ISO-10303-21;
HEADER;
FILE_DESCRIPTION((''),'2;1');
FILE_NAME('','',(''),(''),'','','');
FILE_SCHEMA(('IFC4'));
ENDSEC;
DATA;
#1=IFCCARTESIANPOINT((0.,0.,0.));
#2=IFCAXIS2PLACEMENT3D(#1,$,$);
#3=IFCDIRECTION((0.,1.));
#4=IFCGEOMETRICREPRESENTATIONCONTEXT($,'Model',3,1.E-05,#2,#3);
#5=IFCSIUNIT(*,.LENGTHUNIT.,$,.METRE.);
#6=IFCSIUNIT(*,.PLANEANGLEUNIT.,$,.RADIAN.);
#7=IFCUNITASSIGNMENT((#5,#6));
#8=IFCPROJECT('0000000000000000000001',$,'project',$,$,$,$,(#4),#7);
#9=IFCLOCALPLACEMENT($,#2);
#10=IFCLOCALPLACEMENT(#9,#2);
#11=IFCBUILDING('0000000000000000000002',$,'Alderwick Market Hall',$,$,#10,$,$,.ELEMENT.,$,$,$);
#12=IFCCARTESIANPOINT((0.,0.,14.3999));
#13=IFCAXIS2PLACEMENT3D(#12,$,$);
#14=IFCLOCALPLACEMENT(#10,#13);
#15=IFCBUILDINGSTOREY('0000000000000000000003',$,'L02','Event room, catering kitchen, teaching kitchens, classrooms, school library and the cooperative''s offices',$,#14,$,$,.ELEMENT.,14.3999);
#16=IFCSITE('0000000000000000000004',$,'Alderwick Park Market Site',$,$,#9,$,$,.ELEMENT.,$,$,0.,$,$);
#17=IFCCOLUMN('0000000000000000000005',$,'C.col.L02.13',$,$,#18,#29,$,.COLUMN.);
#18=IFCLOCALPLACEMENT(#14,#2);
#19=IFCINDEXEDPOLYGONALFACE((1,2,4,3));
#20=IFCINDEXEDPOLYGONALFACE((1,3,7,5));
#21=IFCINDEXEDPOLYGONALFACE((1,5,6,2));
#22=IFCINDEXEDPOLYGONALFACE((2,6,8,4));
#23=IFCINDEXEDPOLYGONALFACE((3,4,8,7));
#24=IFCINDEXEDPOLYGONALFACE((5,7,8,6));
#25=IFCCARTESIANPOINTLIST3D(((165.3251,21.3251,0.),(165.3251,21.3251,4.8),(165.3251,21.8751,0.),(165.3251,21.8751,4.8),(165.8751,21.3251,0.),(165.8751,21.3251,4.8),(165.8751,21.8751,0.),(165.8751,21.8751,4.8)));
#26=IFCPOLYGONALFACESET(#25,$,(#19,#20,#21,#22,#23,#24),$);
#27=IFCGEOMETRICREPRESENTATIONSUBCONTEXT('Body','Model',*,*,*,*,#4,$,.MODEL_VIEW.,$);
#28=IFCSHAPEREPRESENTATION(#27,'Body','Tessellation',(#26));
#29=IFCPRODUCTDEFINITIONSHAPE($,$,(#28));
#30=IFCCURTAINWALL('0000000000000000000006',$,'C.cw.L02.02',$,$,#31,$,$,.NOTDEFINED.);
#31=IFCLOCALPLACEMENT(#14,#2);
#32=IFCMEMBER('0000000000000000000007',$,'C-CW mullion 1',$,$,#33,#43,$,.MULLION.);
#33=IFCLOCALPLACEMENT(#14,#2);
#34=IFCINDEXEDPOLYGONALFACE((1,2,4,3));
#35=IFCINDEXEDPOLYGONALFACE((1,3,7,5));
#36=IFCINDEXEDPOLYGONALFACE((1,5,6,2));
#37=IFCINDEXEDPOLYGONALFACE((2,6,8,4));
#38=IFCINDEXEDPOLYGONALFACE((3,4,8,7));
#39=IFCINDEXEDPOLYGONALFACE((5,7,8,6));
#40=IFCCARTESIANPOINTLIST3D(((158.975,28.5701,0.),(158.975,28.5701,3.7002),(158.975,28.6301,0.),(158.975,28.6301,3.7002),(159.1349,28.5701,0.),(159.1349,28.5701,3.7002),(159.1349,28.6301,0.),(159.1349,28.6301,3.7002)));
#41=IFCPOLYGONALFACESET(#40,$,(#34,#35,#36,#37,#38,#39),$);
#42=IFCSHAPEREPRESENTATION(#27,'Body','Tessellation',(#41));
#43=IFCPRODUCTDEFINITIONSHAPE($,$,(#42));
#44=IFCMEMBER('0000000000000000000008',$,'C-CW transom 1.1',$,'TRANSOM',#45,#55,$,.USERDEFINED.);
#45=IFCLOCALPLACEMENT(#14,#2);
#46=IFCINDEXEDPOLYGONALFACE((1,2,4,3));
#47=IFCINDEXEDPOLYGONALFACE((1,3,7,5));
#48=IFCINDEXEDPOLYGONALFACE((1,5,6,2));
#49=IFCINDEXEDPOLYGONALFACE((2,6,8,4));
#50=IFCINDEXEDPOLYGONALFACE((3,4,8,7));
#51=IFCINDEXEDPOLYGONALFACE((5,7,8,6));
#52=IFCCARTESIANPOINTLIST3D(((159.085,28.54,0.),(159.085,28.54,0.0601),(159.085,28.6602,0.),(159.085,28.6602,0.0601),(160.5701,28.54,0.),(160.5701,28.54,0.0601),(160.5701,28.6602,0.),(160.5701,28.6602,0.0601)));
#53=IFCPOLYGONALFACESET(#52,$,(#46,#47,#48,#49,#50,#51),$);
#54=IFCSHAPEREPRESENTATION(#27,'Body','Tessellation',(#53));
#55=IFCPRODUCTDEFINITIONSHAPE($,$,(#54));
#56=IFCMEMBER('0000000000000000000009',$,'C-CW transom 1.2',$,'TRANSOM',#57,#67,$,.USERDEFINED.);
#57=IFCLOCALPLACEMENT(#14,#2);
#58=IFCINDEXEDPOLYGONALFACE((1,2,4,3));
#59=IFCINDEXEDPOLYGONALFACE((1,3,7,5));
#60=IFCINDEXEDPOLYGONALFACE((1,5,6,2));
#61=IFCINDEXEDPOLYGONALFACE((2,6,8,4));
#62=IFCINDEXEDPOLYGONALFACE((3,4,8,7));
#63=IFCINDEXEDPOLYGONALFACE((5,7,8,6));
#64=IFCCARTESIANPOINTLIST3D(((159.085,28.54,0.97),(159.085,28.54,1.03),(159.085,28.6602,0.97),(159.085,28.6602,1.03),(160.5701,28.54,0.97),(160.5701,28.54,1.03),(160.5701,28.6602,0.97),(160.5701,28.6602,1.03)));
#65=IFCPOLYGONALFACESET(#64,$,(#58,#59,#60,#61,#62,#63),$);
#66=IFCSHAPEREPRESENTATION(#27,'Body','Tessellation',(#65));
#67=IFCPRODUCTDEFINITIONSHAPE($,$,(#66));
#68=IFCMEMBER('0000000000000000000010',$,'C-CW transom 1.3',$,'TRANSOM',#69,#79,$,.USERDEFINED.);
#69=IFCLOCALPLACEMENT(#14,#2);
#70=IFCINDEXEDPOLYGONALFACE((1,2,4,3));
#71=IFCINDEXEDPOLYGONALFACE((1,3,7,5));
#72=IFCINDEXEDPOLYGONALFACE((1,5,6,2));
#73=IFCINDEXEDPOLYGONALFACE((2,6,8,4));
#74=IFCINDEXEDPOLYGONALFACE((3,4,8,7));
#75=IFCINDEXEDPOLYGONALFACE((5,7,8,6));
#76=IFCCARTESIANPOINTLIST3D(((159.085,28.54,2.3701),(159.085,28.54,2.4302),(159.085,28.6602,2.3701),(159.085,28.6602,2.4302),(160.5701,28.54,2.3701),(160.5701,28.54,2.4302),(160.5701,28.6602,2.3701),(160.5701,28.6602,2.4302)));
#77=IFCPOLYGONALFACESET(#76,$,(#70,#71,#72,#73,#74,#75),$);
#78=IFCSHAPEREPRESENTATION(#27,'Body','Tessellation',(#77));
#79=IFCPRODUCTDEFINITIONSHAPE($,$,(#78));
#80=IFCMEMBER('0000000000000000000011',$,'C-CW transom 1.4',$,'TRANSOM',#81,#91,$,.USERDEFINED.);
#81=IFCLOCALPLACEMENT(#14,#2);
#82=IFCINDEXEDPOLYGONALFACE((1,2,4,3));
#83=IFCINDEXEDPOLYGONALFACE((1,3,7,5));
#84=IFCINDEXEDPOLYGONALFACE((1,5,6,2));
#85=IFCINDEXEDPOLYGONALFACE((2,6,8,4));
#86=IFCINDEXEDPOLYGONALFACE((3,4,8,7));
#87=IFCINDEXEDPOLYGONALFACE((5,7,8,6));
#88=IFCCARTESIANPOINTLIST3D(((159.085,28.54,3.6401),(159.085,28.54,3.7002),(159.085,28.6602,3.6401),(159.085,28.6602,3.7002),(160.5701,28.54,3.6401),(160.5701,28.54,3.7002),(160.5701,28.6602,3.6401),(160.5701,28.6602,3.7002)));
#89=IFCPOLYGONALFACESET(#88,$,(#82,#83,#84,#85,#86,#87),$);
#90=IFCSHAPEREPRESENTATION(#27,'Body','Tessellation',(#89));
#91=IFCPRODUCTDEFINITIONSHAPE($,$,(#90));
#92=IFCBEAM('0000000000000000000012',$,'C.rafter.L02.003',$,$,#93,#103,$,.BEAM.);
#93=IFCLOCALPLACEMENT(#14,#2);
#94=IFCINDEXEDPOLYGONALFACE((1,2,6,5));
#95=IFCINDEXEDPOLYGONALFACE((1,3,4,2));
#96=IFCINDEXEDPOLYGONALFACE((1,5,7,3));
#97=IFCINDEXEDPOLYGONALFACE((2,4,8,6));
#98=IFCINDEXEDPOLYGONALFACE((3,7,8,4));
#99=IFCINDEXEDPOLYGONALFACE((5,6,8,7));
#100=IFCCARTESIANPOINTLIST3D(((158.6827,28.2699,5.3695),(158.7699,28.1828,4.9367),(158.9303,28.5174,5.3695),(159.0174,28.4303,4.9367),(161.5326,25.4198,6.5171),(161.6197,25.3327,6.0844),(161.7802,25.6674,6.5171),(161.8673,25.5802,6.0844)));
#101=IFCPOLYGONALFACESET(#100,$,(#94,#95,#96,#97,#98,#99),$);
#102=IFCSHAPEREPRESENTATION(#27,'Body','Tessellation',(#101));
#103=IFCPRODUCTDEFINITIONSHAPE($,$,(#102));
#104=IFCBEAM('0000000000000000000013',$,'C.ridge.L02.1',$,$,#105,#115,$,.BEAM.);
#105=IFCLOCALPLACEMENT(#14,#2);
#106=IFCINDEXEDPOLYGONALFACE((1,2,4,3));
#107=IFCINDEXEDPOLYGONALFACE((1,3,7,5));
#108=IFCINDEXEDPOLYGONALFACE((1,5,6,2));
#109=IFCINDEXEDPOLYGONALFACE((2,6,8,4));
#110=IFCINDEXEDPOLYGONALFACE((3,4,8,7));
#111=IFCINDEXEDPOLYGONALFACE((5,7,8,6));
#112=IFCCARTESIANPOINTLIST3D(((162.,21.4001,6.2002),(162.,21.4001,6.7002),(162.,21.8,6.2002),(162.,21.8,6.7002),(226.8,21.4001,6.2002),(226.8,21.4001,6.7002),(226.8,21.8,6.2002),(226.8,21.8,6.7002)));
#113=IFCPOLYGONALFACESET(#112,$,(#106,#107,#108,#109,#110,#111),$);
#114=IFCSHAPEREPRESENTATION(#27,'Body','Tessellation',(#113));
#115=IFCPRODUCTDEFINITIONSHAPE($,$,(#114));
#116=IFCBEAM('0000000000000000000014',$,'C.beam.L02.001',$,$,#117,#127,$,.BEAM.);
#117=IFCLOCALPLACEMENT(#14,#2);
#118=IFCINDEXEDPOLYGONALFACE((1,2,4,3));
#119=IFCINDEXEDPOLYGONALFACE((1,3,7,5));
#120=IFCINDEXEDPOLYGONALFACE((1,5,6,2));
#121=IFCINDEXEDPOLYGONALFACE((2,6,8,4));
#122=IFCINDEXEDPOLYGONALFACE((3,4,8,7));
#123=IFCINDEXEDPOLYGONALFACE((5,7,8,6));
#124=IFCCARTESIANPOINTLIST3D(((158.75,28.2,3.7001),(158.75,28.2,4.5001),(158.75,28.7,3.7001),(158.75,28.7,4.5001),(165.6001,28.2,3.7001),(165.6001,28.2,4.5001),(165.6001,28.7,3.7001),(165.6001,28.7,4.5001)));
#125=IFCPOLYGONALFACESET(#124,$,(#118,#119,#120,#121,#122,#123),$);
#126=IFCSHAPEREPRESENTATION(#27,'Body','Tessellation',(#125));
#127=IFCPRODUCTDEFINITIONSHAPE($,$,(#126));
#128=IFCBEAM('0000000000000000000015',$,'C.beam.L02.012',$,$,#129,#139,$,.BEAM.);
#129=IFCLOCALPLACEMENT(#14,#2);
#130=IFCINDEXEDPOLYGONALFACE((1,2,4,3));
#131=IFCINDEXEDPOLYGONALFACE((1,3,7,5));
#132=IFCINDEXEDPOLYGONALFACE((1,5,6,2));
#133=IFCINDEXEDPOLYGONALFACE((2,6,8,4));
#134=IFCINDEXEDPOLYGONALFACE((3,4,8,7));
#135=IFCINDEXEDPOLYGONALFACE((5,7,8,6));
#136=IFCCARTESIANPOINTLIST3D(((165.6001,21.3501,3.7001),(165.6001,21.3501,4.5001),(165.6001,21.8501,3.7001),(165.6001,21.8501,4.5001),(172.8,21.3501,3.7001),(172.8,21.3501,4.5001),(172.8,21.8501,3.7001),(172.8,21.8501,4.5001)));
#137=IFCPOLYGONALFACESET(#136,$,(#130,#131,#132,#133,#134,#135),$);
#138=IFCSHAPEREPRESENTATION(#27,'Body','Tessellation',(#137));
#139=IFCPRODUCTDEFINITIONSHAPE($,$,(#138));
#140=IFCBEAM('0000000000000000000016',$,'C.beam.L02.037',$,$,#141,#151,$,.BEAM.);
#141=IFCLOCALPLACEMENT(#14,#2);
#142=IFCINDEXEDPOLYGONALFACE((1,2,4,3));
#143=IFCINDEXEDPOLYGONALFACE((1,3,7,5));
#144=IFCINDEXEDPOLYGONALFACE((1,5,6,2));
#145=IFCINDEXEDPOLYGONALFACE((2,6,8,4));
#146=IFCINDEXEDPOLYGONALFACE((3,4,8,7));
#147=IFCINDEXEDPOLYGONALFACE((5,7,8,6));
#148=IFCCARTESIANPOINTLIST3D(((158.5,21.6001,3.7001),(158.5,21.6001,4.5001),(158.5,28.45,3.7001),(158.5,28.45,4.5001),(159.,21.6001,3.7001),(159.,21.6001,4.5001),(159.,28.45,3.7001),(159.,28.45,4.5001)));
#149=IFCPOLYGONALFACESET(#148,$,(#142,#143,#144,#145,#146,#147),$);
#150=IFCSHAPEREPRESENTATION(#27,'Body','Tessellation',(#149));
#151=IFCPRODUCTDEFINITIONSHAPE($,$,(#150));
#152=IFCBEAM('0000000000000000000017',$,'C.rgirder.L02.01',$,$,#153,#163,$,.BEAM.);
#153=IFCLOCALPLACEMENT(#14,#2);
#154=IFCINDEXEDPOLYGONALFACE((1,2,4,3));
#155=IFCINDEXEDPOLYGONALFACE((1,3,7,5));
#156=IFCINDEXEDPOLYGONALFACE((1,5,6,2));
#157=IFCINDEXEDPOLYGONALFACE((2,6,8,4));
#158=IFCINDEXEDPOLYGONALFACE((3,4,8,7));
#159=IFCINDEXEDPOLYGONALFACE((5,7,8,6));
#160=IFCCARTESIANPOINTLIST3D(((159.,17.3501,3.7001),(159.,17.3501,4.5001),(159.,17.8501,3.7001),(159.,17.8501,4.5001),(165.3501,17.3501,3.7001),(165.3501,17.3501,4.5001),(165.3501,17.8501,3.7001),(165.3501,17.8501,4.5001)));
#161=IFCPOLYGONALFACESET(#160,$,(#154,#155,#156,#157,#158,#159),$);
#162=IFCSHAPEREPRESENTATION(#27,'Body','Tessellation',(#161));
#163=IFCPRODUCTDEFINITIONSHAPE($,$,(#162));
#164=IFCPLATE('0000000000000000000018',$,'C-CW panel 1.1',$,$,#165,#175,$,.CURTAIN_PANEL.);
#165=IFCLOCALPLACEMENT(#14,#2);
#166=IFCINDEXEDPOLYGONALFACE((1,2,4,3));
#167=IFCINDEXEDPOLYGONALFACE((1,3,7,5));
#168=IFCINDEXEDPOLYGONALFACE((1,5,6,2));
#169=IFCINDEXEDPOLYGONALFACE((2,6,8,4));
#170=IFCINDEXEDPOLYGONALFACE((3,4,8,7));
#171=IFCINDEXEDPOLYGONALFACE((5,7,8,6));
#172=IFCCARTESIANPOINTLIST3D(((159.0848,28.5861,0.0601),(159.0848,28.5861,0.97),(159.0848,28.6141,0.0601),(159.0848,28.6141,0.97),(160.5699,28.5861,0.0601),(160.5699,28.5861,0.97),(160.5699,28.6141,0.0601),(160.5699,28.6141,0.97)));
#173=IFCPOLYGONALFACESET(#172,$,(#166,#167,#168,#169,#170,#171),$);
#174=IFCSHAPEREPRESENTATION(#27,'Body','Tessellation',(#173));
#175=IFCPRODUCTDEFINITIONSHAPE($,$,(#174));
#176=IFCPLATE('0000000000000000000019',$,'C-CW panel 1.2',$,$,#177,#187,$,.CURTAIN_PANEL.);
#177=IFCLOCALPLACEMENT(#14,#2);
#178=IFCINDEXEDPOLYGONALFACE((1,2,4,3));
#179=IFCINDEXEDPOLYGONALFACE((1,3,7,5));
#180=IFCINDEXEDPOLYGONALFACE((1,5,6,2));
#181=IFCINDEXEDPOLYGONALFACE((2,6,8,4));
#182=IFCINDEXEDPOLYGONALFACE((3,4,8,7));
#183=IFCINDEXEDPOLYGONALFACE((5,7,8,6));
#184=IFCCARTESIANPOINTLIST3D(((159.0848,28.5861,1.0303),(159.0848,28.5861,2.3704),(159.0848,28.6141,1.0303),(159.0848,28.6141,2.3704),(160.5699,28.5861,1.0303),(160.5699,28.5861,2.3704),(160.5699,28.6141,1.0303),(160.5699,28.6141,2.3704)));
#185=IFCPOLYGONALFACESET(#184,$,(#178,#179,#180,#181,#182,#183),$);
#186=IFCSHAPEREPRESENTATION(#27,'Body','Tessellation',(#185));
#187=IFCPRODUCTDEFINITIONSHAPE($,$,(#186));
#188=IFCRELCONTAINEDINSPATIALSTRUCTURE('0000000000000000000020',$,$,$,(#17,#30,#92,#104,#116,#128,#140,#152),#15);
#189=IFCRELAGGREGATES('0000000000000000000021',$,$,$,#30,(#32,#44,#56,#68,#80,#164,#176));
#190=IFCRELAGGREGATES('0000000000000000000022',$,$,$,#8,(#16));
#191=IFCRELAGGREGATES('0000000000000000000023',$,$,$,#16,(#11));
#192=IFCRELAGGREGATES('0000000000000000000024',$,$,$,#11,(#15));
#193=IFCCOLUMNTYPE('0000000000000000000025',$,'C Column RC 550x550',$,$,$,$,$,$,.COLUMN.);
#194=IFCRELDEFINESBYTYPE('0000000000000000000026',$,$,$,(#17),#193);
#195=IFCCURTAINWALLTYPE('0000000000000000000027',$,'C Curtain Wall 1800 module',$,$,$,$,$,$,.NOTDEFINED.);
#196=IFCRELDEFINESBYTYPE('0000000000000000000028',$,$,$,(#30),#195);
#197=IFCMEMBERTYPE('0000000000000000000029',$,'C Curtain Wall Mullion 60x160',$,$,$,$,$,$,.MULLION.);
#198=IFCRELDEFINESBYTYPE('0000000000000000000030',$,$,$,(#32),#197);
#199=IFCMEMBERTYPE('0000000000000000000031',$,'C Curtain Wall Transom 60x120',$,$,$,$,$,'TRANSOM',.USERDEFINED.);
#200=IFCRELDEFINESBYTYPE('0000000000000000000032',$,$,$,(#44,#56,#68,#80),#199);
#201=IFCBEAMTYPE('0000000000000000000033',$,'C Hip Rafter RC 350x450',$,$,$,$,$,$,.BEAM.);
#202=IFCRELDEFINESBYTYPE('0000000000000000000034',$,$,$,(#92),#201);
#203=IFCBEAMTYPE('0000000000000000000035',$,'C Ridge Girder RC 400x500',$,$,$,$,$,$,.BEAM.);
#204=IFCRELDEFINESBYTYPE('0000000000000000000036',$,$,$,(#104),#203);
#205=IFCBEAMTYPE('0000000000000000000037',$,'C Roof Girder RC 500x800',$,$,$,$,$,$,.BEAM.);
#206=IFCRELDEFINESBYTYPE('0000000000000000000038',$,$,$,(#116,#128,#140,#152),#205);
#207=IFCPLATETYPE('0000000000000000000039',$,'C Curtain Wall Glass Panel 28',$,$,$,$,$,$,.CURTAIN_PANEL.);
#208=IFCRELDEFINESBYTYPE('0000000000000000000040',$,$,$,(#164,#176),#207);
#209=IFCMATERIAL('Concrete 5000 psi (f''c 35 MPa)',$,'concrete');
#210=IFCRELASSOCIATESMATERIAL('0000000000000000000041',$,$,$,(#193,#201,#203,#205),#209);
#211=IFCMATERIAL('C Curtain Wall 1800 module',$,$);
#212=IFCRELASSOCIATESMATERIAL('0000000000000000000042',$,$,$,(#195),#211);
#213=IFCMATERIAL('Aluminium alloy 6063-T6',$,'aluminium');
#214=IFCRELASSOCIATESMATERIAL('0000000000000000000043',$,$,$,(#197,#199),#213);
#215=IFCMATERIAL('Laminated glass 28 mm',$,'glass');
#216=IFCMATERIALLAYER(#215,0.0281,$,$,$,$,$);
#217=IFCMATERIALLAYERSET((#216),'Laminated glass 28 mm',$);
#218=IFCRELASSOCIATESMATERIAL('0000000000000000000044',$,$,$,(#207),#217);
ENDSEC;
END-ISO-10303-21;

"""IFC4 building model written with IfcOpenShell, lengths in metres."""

from ifc_helpers import new_model, si_unit, direction, frame, origin, origin_2d, place, context, subcontext, project, spatial, rectangle, extrude, material, layer, layer_set, material_profile, profile_set, type_object, element, aggregate, save


model = new_model("IFC4")

# Units and contexts
model_context = context("Model", 3, precision=1e-05, world=origin(), true_north=direction((0.0, 1.0)))
body_context = subcontext(model_context, "Body", "Model", "MODEL_VIEW")
ifc_project = project(units=[si_unit("LENGTHUNIT", "METRE"), si_unit("PLANEANGLEUNIT", "RADIAN")], contexts=[model_context])

# Site, building, storey
site_placement = place(None, origin())
site = spatial("IfcSite", under=ifc_project, at=site_placement, Name="Alderwick Park Market Site", CompositionType="ELEMENT", RefElevation=0.0)
building_placement = place(site_placement, origin())
building = spatial("IfcBuilding", under=site, at=building_placement, Name="Alderwick Market Hall", CompositionType="ELEMENT")
storey_placement = place(building_placement, frame((0.0, 0.0, 14.3999)))
storey = spatial("IfcBuildingStorey", under=building, at=storey_placement, Name="L02", Description="Event room, catering kitchen, teaching kitchens, classrooms, school library and the cooperative's offices", CompositionType="ELEMENT", Elevation=14.3999)

# Column
ifc_material_1 = material(Name="Concrete 5000 psi (f'c 35 MPa)", Category="concrete")
ifc_material_profile_1 = material_profile(ifc_material_1, rectangle(XDim=0.55, YDim=0.55, at=origin_2d()), Name="RC 550x550")
ifc_profile_set_1 = profile_set([ifc_material_profile_1], Name="Concrete 5000 psi (f'c 35 MPa)")
column_type = type_object("IfcColumnType", Name="C Column RC 550x550", PredefinedType="COLUMN", material=ifc_profile_set_1)
column_placement = place(storey_placement, frame((165.6001, 21.6001, 0.0), z_axis=(0.0, 0.0, 1.0), x_axis=(1.0, 0.0, 0.0)))
element("IfcColumn", 1, at=column_placement, inside=storey, type_object=column_type, Name="C.col.L02.13", PredefinedType="COLUMN", context=body_context, shape_type="SweptSolid", body=[
    extrude(rectangle(XDim=0.55, YDim=0.55, at=origin_2d()), origin(), (0.0, 0.0, 1.0), 4.8),
])

# Curtain wall, members
ifc_material_2 = material(Name="C Curtain Wall 1800 module")
curtain_wall_type = type_object("IfcCurtainWallType", Name="C Curtain Wall 1800 module", PredefinedType="NOTDEFINED", material=ifc_material_2)
curtain_wall_placement = place(storey_placement, origin())
curtain_wall = element("IfcCurtainWall", 2, at=curtain_wall_placement, inside=storey, type_object=curtain_wall_type, Name="C.cw.L02.02", PredefinedType="NOTDEFINED")
ifc_material_3 = material(Name="Aluminium alloy 6063-T6", Category="aluminium")
ifc_material_profile_2 = material_profile(ifc_material_3, rectangle(XDim=0.0601, YDim=0.1599, at=origin_2d()), Name="AL 60x160")
ifc_profile_set_2 = profile_set([ifc_material_profile_2], Name="Aluminium alloy 6063-T6")
member_type_1 = type_object("IfcMemberType", Name="C Curtain Wall Mullion 60x160", PredefinedType="MULLION", material=ifc_profile_set_2)
member_1_placement = place(storey_placement, frame((159.0549, 28.6001, 0.0), z_axis=(0.0, 0.0, 1.0), x_axis=(0.0, 1.0, 0.0)))
member_1 = element("IfcMember", 3, at=member_1_placement, type_object=member_type_1, Name="C-CW mullion 1", PredefinedType="MULLION", context=body_context, shape_type="SweptSolid", body=[
    extrude(rectangle(XDim=0.0601, YDim=0.1599, at=origin_2d()), origin(), (0.0, 0.0, 1.0), 3.7002),
])
ifc_material_profile_3 = material_profile(ifc_material_3, rectangle(XDim=0.1201, YDim=0.0601, at=origin_2d()), Name="AL 60x120")
ifc_profile_set_3 = profile_set([ifc_material_profile_3], Name="Aluminium alloy 6063-T6")
member_type_2 = type_object("IfcMemberType", Name="C Curtain Wall Transom 60x120", ElementType="TRANSOM", PredefinedType="USERDEFINED", material=ifc_profile_set_3)
member_2_placement = place(storey_placement, frame((159.085, 28.6001, 0.03), z_axis=(1.0, 0.0, 0.0), x_axis=(0.0, 1.0, 0.0)))
member_2 = element("IfcMember", 4, at=member_2_placement, type_object=member_type_2, Name="C-CW transom 1.1", ObjectType="TRANSOM", PredefinedType="USERDEFINED", context=body_context, shape_type="SweptSolid", body=[
    extrude(rectangle(XDim=0.1201, YDim=0.0601, at=origin_2d()), origin(), (0.0, 0.0, 1.0), 1.4851),
])
member_3_placement = place(storey_placement, frame((159.085, 28.6001, 1.0), z_axis=(1.0, 0.0, 0.0), x_axis=(0.0, 1.0, 0.0)))
member_3 = element("IfcMember", 5, at=member_3_placement, type_object=member_type_2, Name="C-CW transom 1.2", ObjectType="TRANSOM", PredefinedType="USERDEFINED", context=body_context, shape_type="SweptSolid", body=[
    extrude(rectangle(XDim=0.1201, YDim=0.0601, at=origin_2d()), origin(), (0.0, 0.0, 1.0), 1.4851),
])
member_4_placement = place(storey_placement, frame((159.085, 28.6001, 2.4001), z_axis=(1.0, 0.0, 0.0), x_axis=(0.0, 1.0, 0.0)))
member_4 = element("IfcMember", 6, at=member_4_placement, type_object=member_type_2, Name="C-CW transom 1.3", ObjectType="TRANSOM", PredefinedType="USERDEFINED", context=body_context, shape_type="SweptSolid", body=[
    extrude(rectangle(XDim=0.1201, YDim=0.0601, at=origin_2d()), origin(), (0.0, 0.0, 1.0), 1.4851),
])
member_5_placement = place(storey_placement, frame((159.085, 28.6001, 3.6702), z_axis=(1.0, 0.0, 0.0), x_axis=(0.0, 1.0, 0.0)))
member_5 = element("IfcMember", 7, at=member_5_placement, type_object=member_type_2, Name="C-CW transom 1.4", ObjectType="TRANSOM", PredefinedType="USERDEFINED", context=body_context, shape_type="SweptSolid", body=[
    extrude(rectangle(XDim=0.1201, YDim=0.0601, at=origin_2d()), origin(), (0.0, 0.0, 1.0), 1.4851),
])

# Beams
ifc_material_profile_4 = material_profile(ifc_material_1, rectangle(XDim=0.3501, YDim=0.45, at=origin_2d()), Name="RC 350x450")
ifc_profile_set_4 = profile_set([ifc_material_profile_4], Name="Concrete 5000 psi (f'c 35 MPa)")
beam_type_1 = type_object("IfcBeamType", Name="C Hip Rafter RC 350x450", PredefinedType="BEAM", material=ifc_profile_set_4)
beam_1_placement = place(storey_placement, frame((158.8501, 28.3501, 5.1531), z_axis=(0.680043, -0.680101, 0.27387), x_axis=(0.707137, 0.707076, 0.0)))
element("IfcBeam", 8, at=beam_1_placement, inside=storey, type_object=beam_type_1, Name="C.rafter.L02.003", PredefinedType="BEAM", context=body_context, shape_type="SweptSolid", body=[
    extrude(rectangle(XDim=0.3501, YDim=0.45, at=origin_2d()), origin(), (0.0, 0.0, 1.0), 4.1907),
])
ifc_material_profile_5 = material_profile(ifc_material_1, rectangle(XDim=0.3999, YDim=0.5, at=origin_2d()), Name="RC 400x500")
ifc_profile_set_5 = profile_set([ifc_material_profile_5], Name="Concrete 5000 psi (f'c 35 MPa)")
beam_type_2 = type_object("IfcBeamType", Name="C Ridge Girder RC 400x500", PredefinedType="BEAM", material=ifc_profile_set_5)
beam_2_placement = place(storey_placement, frame((162.0, 21.6001, 6.4502), z_axis=(1.0, 0.0, 0.0), x_axis=(0.0, 1.0, 0.0)))
element("IfcBeam", 9, at=beam_2_placement, inside=storey, type_object=beam_type_2, Name="C.ridge.L02.1", PredefinedType="BEAM", context=body_context, shape_type="SweptSolid", body=[
    extrude(rectangle(XDim=0.3999, YDim=0.5, at=origin_2d()), origin(), (0.0, 0.0, 1.0), 64.8),
])
ifc_material_profile_6 = material_profile(ifc_material_1, rectangle(XDim=0.5, YDim=0.8, at=origin_2d()), Name="RC 500x800")
ifc_profile_set_6 = profile_set([ifc_material_profile_6], Name="Concrete 5000 psi (f'c 35 MPa)")
beam_type_3 = type_object("IfcBeamType", Name="C Roof Girder RC 500x800", PredefinedType="BEAM", material=ifc_profile_set_6)
beam_3_placement = place(storey_placement, frame((158.75, 28.45, 4.1001), z_axis=(1.0, 0.0, 0.0), x_axis=(0.0, 1.0, 0.0)))
element("IfcBeam", 10, at=beam_3_placement, inside=storey, type_object=beam_type_3, Name="C.beam.L02.001", PredefinedType="BEAM", context=body_context, shape_type="SweptSolid", body=[
    extrude(rectangle(XDim=0.5, YDim=0.8, at=origin_2d()), origin(), (0.0, 0.0, 1.0), 6.8501),
])
beam_4_placement = place(storey_placement, frame((165.6001, 21.6001, 4.1001), z_axis=(1.0, 0.0, 0.0), x_axis=(0.0, 1.0, 0.0)))
element("IfcBeam", 11, at=beam_4_placement, inside=storey, type_object=beam_type_3, Name="C.beam.L02.012", PredefinedType="BEAM", context=body_context, shape_type="SweptSolid", body=[
    extrude(rectangle(XDim=0.5, YDim=0.8, at=origin_2d()), origin(), (0.0, 0.0, 1.0), 7.2),
])
beam_5_placement = place(storey_placement, frame((158.75, 28.45, 4.1001), z_axis=(0.0, -1.0, 0.0), x_axis=(1.0, 0.0, 0.0)))
element("IfcBeam", 12, at=beam_5_placement, inside=storey, type_object=beam_type_3, Name="C.beam.L02.037", PredefinedType="BEAM", context=body_context, shape_type="SweptSolid", body=[
    extrude(rectangle(XDim=0.5, YDim=0.8, at=origin_2d()), origin(), (0.0, 0.0, 1.0), 6.8499),
])
beam_6_placement = place(storey_placement, frame((159.0, 17.6001, 4.1001), z_axis=(1.0, 0.0, 0.0), x_axis=(0.0, 1.0, 0.0)))
element("IfcBeam", 13, at=beam_6_placement, inside=storey, type_object=beam_type_3, Name="C.rgirder.L02.01", PredefinedType="BEAM", context=body_context, shape_type="SweptSolid", body=[
    extrude(rectangle(XDim=0.5, YDim=0.8, at=origin_2d()), origin(), (0.0, 0.0, 1.0), 6.3501),
])

# Plates
ifc_material_4 = material(Name="Laminated glass 28 mm", Category="glass")
ifc_layer_1 = layer(ifc_material_4, 0.0281)
ifc_layer_set_1 = layer_set([ifc_layer_1], Name="Laminated glass 28 mm")
plate_type = type_object("IfcPlateType", Name="C Curtain Wall Glass Panel 28", PredefinedType="CURTAIN_PANEL", material=ifc_layer_set_1)
plate_1_placement = place(storey_placement, frame((159.8274, 28.6001, 0.0601), z_axis=(0.0, 0.0, 1.0), x_axis=(1.0, 0.0, 0.0)))
plate_1 = element("IfcPlate", 14, at=plate_1_placement, type_object=plate_type, Name="C-CW panel 1.1", PredefinedType="CURTAIN_PANEL", context=body_context, shape_type="SweptSolid", body=[
    extrude(rectangle(XDim=1.4851, YDim=0.0281, at=origin_2d()), origin(), (0.0, 0.0, 1.0), 0.9099),
])
plate_2_placement = place(storey_placement, frame((159.8274, 28.6001, 1.0303), z_axis=(0.0, 0.0, 1.0), x_axis=(1.0, 0.0, 0.0)))
plate_2 = element("IfcPlate", 15, at=plate_2_placement, type_object=plate_type, Name="C-CW panel 1.2", PredefinedType="CURTAIN_PANEL", context=body_context, shape_type="SweptSolid", body=[
    extrude(rectangle(XDim=1.4851, YDim=0.0281, at=origin_2d()), origin(), (0.0, 0.0, 1.0), 1.3401),
])
aggregate(curtain_wall, [member_1, member_2, member_3, member_4, member_5, plate_1, plate_2])

save(model, "model.ifc")
